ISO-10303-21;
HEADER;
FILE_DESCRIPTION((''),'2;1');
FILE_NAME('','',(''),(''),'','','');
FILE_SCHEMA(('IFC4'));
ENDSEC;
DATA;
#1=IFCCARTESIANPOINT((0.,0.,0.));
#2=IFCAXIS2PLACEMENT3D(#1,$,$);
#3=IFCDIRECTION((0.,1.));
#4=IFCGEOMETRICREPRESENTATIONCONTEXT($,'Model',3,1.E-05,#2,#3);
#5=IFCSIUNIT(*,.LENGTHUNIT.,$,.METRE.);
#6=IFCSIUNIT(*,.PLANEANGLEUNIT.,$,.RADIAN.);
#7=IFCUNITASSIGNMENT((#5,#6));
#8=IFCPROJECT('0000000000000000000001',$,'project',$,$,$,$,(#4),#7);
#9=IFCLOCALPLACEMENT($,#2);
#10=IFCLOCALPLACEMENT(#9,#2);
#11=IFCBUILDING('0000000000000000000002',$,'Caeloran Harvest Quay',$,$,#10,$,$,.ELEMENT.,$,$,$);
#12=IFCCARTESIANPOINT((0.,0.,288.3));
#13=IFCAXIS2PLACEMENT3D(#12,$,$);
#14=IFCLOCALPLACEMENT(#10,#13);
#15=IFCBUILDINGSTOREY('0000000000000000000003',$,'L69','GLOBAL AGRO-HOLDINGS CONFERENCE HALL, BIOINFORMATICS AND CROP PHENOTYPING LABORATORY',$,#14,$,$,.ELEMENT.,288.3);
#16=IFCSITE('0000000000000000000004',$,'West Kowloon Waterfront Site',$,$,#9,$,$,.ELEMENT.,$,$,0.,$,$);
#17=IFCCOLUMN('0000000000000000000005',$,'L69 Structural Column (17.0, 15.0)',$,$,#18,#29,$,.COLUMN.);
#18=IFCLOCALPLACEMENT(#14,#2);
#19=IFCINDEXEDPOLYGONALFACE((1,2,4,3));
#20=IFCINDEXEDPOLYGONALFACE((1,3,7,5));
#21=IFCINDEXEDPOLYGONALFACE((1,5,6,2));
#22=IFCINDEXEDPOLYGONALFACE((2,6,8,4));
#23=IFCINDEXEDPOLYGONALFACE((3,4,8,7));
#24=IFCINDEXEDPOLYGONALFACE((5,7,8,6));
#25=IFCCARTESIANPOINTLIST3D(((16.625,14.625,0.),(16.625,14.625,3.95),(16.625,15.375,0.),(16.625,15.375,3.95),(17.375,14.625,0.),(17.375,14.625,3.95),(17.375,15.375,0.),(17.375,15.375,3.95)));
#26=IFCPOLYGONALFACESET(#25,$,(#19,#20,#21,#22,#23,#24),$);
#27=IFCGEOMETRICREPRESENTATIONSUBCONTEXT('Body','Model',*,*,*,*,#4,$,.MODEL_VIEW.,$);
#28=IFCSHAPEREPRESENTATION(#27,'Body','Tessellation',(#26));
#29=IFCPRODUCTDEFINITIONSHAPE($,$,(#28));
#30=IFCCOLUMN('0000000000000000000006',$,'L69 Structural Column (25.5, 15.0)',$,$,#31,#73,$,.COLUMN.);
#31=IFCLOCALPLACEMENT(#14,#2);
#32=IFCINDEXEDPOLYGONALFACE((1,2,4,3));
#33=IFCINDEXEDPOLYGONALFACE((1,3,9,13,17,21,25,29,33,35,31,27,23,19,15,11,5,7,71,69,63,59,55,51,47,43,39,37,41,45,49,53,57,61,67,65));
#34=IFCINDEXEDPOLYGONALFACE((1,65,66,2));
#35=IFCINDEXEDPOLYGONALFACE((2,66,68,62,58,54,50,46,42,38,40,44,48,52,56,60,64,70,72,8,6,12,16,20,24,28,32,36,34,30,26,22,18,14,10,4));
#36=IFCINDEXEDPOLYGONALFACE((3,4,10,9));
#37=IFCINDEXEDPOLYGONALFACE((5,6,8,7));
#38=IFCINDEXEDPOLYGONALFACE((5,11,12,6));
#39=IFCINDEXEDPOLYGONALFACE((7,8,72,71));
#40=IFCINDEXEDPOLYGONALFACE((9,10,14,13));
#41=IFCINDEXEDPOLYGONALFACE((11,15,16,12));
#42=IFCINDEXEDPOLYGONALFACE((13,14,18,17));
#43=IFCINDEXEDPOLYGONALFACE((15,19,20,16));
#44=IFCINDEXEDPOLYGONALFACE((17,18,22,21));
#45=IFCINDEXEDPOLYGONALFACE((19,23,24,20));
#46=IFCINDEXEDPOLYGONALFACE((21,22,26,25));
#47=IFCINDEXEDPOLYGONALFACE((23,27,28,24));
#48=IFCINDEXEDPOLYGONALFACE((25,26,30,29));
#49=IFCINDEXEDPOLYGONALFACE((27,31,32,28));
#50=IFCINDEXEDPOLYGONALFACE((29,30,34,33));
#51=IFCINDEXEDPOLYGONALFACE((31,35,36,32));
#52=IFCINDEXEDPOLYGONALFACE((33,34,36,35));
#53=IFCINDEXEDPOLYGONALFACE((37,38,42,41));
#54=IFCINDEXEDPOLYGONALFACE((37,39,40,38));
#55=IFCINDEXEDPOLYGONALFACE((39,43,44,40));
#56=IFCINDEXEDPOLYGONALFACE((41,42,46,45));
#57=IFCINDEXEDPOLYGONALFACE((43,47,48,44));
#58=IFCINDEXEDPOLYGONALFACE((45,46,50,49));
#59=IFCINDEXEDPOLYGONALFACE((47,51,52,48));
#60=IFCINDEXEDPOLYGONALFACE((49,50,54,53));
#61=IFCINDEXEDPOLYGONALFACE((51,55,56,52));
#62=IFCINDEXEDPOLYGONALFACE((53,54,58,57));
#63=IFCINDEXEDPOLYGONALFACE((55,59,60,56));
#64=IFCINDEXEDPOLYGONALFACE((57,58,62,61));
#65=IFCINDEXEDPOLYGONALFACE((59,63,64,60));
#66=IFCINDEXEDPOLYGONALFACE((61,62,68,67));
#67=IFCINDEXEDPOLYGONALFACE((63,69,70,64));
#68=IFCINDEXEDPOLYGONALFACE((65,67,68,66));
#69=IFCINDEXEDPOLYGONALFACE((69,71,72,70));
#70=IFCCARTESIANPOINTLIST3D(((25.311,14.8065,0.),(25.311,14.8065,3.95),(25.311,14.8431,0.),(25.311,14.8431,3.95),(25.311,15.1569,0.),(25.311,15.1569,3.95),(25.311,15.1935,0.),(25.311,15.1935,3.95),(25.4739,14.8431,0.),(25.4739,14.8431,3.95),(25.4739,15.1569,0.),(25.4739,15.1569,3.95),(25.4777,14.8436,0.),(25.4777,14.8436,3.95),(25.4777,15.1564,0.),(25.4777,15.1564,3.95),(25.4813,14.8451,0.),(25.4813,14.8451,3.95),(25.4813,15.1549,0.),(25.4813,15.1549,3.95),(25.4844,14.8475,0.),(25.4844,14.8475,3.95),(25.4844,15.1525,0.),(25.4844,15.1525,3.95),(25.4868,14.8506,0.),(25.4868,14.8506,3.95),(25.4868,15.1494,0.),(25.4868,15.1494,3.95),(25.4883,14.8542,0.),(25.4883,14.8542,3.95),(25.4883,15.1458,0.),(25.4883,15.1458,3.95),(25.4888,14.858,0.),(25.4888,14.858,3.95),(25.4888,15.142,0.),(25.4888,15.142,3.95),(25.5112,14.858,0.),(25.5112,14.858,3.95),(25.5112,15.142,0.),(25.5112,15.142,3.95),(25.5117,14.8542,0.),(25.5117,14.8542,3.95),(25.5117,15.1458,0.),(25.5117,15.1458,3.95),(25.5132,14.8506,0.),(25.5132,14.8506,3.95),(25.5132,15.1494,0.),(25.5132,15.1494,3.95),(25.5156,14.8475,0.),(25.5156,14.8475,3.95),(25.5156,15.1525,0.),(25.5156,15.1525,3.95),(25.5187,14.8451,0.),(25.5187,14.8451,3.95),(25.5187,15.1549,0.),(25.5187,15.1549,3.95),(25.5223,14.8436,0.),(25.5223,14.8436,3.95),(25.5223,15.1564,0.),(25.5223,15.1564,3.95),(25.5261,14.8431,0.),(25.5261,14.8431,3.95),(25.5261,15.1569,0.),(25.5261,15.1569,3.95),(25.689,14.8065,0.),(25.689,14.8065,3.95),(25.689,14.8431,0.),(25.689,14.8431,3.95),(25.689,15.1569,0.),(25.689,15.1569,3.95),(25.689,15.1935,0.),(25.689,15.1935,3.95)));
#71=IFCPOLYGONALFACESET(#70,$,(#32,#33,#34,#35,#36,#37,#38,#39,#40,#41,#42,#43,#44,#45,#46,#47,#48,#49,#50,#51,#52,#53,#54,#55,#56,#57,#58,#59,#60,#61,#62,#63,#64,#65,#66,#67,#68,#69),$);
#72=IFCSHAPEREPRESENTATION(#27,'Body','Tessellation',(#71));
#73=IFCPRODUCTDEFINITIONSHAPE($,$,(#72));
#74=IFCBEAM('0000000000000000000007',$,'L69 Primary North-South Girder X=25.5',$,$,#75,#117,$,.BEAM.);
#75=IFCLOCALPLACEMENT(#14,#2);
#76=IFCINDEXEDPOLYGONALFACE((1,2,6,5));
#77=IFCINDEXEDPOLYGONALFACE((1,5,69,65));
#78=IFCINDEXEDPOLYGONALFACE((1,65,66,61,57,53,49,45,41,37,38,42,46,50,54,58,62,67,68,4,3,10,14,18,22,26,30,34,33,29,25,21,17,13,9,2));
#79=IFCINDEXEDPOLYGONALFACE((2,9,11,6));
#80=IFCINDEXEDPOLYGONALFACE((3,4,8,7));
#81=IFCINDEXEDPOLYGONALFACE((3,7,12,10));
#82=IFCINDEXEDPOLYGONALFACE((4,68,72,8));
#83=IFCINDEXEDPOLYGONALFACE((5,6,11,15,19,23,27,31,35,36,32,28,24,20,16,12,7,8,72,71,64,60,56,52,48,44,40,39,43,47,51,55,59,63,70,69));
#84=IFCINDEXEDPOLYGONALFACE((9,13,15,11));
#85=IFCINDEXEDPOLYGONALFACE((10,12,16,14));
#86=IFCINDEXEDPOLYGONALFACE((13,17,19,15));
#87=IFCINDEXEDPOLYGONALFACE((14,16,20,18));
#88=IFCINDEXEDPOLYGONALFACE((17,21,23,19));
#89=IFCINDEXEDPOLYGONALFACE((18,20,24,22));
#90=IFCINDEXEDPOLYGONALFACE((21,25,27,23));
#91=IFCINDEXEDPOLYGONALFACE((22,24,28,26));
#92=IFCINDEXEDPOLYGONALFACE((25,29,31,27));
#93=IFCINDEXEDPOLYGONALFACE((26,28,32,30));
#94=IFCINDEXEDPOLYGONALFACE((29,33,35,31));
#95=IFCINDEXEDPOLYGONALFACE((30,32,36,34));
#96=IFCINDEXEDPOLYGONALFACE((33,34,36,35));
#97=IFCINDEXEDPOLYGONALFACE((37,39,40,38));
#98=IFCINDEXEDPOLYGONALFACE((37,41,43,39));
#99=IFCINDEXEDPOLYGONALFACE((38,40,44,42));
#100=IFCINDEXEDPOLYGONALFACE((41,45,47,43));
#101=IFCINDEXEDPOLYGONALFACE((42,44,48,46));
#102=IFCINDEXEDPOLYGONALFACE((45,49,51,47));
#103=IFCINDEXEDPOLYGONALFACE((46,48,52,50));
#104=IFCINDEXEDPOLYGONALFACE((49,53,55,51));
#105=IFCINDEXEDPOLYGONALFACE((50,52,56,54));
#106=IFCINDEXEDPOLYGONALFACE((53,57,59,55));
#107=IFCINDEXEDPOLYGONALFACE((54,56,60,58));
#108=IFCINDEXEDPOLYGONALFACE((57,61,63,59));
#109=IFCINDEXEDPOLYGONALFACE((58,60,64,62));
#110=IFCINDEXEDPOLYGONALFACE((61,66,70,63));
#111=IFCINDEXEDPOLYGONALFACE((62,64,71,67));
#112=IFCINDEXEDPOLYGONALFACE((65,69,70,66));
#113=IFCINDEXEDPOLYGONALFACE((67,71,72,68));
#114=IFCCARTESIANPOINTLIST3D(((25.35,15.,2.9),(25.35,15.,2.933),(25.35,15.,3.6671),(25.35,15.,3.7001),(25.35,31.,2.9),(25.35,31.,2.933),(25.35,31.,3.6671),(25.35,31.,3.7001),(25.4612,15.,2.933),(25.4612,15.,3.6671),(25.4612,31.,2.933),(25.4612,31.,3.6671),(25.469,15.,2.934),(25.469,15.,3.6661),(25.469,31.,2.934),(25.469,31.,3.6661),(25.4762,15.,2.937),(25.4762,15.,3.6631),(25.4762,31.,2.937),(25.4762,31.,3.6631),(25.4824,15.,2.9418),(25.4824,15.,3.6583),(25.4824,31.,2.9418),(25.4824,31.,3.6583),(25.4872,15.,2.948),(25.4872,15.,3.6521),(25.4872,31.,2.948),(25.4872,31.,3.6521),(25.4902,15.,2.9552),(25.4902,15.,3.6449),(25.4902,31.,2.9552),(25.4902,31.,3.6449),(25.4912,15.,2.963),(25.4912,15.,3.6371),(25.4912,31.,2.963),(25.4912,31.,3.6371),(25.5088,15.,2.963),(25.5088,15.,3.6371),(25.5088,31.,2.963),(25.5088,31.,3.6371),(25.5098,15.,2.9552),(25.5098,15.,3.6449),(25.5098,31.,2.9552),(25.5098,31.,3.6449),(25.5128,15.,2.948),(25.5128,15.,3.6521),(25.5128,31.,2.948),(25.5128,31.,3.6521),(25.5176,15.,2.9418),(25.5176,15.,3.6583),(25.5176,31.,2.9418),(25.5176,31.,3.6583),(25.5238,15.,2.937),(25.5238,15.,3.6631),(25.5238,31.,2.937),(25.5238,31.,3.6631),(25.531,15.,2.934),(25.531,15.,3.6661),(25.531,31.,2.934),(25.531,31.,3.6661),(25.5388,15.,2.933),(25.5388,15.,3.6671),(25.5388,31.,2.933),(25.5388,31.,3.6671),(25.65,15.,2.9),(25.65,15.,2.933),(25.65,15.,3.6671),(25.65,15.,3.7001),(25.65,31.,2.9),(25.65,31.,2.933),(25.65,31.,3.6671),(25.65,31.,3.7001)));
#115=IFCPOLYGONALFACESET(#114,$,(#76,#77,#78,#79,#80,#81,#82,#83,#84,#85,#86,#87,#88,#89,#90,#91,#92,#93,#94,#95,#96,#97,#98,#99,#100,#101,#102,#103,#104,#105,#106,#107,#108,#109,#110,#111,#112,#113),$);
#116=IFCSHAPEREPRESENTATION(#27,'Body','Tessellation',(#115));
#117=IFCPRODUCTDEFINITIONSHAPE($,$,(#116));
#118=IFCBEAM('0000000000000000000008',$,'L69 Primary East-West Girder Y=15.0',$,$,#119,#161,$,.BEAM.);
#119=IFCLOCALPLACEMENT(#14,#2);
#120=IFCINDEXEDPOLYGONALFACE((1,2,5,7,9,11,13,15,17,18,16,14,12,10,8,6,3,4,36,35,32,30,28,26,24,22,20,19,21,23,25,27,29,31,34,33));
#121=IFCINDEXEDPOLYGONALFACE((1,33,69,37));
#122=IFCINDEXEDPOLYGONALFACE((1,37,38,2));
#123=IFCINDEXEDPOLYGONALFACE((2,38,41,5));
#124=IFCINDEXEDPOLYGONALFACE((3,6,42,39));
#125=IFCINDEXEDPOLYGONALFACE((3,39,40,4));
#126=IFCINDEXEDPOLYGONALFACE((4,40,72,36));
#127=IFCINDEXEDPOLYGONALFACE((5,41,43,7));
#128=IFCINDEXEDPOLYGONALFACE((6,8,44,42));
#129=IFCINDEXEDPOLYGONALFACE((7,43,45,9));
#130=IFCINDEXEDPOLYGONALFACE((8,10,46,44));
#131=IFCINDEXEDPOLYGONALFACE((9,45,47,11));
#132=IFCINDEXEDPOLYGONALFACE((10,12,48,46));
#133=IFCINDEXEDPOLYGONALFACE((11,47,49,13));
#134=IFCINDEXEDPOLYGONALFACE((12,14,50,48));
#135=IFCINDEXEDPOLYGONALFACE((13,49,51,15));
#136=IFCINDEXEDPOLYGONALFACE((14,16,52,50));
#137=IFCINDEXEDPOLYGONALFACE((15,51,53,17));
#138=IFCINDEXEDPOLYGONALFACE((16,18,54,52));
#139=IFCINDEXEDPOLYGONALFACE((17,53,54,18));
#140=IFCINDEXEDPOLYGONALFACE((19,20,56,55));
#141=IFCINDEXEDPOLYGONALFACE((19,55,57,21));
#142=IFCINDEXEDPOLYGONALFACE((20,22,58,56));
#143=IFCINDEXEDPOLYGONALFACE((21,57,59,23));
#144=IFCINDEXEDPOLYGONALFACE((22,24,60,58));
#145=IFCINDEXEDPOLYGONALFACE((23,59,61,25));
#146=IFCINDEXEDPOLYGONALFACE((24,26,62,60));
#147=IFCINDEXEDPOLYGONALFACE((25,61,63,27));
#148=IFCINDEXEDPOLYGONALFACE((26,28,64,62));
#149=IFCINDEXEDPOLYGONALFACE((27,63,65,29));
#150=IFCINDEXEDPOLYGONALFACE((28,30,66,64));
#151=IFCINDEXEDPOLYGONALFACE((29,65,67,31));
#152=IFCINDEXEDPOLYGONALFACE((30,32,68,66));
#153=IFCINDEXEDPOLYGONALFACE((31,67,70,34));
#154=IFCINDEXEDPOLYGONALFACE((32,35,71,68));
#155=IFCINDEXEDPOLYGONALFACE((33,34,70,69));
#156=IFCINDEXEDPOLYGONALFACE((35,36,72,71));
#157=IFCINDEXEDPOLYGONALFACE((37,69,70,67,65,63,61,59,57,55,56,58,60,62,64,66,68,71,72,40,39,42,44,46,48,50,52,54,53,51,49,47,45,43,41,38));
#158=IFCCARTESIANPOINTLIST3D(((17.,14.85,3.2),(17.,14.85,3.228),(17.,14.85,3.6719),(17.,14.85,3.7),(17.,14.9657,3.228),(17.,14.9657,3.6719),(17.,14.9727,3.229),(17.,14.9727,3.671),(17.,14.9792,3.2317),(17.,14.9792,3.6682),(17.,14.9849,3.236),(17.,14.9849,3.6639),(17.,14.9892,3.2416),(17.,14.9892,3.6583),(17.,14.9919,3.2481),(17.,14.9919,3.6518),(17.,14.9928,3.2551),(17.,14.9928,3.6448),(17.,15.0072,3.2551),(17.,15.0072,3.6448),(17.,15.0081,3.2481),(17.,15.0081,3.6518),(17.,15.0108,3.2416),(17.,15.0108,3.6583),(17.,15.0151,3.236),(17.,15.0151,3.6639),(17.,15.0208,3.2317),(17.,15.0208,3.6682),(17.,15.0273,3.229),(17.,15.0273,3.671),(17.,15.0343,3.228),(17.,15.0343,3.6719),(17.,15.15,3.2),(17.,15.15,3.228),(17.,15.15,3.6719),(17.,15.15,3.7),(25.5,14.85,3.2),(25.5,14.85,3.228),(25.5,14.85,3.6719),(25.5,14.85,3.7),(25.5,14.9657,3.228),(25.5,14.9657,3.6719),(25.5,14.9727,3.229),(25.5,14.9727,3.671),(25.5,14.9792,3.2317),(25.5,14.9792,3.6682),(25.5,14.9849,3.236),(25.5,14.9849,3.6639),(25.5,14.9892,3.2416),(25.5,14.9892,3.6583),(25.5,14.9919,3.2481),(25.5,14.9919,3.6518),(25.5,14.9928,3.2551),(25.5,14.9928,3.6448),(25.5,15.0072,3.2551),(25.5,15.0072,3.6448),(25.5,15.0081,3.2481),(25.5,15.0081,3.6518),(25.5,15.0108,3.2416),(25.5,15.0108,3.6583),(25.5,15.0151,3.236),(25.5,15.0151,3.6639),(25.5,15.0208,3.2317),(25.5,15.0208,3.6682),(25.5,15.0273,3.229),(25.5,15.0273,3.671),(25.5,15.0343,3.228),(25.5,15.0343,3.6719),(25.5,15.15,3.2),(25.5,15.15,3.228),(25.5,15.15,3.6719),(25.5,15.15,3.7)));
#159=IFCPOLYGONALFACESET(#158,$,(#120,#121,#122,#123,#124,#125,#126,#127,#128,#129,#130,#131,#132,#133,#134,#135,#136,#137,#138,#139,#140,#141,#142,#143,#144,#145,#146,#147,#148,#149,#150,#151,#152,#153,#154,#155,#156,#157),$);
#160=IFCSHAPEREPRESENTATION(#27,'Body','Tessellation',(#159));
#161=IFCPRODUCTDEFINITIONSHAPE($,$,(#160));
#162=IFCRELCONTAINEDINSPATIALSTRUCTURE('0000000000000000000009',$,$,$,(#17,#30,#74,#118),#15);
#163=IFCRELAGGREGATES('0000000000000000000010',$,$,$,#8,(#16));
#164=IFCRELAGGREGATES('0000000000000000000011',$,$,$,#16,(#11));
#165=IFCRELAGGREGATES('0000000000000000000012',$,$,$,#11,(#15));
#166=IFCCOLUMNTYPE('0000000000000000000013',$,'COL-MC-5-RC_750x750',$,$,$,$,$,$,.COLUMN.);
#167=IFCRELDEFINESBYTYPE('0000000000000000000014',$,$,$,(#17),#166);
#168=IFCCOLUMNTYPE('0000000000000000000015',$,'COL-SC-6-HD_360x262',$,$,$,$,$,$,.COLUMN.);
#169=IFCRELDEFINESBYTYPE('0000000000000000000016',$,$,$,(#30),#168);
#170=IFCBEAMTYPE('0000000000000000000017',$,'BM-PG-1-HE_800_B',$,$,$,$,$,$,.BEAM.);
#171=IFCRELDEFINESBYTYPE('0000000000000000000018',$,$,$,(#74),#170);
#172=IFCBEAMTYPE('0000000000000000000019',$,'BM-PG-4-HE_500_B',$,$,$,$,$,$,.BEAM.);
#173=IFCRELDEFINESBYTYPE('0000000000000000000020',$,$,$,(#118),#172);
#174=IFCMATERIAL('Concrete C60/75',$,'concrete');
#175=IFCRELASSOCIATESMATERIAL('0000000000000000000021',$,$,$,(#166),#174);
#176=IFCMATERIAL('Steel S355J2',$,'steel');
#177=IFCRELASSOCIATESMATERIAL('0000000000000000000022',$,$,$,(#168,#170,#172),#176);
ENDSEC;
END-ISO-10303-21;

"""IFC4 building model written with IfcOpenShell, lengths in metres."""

from ifc_helpers import new_model, si_unit, direction, frame, origin, origin_2d, place, context, subcontext, project, spatial, rectangle, i_section, extrude, material, material_profile, profile_set, type_object, element, save


model = new_model("IFC4")

# Units and contexts
model_context = context("Model", 3, precision=1e-05, world=origin(), true_north=direction((0.0, 1.0)))
body_context = subcontext(model_context, "Body", "Model", "MODEL_VIEW")
ifc_project = project(units=[si_unit("LENGTHUNIT", "METRE"), si_unit("PLANEANGLEUNIT", "RADIAN")], contexts=[model_context])

# Site, building, storey
site_placement = place(None, origin())
site = spatial("IfcSite", under=ifc_project, at=site_placement, Name="West Kowloon Waterfront Site", CompositionType="ELEMENT", RefElevation=0.0)
building_placement = place(site_placement, origin())
building = spatial("IfcBuilding", under=site, at=building_placement, Name="Caeloran Harvest Quay", CompositionType="ELEMENT")
storey_placement = place(building_placement, frame((0.0, 0.0, 288.3)))
storey = spatial("IfcBuildingStorey", under=building, at=storey_placement, Name="L69", Description="GLOBAL AGRO-HOLDINGS CONFERENCE HALL, BIOINFORMATICS AND CROP PHENOTYPING LABORATORY", CompositionType="ELEMENT", Elevation=288.3)

# Columns
ifc_material_1 = material(Name="Concrete C60/75", Category="concrete")
ifc_material_profile_1 = material_profile(ifc_material_1, rectangle(XDim=0.75, YDim=0.75, at=origin_2d()), Name="RC 750x750")
ifc_profile_set_1 = profile_set([ifc_material_profile_1], Name="Concrete C60/75")
column_type_1 = type_object("IfcColumnType", Name="COL-MC-5-RC_750x750", PredefinedType="COLUMN", material=ifc_profile_set_1)
column_1_placement = place(storey_placement, frame((17.0, 15.0, 0.0), z_axis=(0.0, 0.0, 1.0), x_axis=(1.0, 0.0, 0.0)))
element("IfcColumn", 1, at=column_1_placement, inside=storey, type_object=column_type_1, Name="L69 Structural Column (17.0, 15.0)", PredefinedType="COLUMN", context=body_context, shape_type="SweptSolid", body=[
    extrude(rectangle(XDim=0.75, YDim=0.75, at=origin_2d()), origin(), (0.0, 0.0, 1.0), 3.95),
])
ifc_material_2 = material(Name="Steel S355J2", Category="steel")
ifc_material_profile_2 = material_profile(ifc_material_2, i_section(OverallWidth=0.3779, OverallDepth=0.387, WebThickness=0.0225, FlangeThickness=0.0366, FilletRadius=0.0149, at=origin_2d()), Name="HD 360x262")
ifc_profile_set_2 = profile_set([ifc_material_profile_2], Name="Steel S355J2")
column_type_2 = type_object("IfcColumnType", Name="COL-SC-6-HD_360x262", PredefinedType="COLUMN", material=ifc_profile_set_2)
column_2_placement = place(storey_placement, frame((25.5, 15.0, 0.0), z_axis=(0.0, 0.0, 1.0), x_axis=(1.0, 0.0, 0.0)))
element("IfcColumn", 2, at=column_2_placement, inside=storey, type_object=column_type_2, Name="L69 Structural Column (25.5, 15.0)", PredefinedType="COLUMN", context=body_context, shape_type="SweptSolid", body=[
    extrude(i_section(OverallWidth=0.3779, OverallDepth=0.387, WebThickness=0.0225, FlangeThickness=0.0366, FilletRadius=0.0149, at=origin_2d()), origin(), (0.0, 0.0, 1.0), 3.95),
])

# Beams
ifc_material_profile_3 = material_profile(ifc_material_2, i_section(OverallWidth=0.3, OverallDepth=0.8, WebThickness=0.0176, FlangeThickness=0.033, FilletRadius=0.03, at=origin_2d()), Name="HE 800 B")
ifc_profile_set_3 = profile_set([ifc_material_profile_3], Name="Steel S355J2")
beam_type_1 = type_object("IfcBeamType", Name="BM-PG-1-HE_800_B", PredefinedType="BEAM", material=ifc_profile_set_3)
beam_1_placement = place(storey_placement, frame((25.5, 15.0, 3.3), z_axis=(0.0, 1.0, 0.0), x_axis=(-1.0, 0.0, 0.0)))
element("IfcBeam", 3, at=beam_1_placement, inside=storey, type_object=beam_type_1, Name="L69 Primary North-South Girder X=25.5", PredefinedType="BEAM", context=body_context, shape_type="SweptSolid", body=[
    extrude(i_section(OverallWidth=0.3, OverallDepth=0.8, WebThickness=0.0176, FlangeThickness=0.033, FilletRadius=0.03, at=origin_2d()), origin(), (0.0, 0.0, 1.0), 16.0),
])
ifc_material_profile_4 = material_profile(ifc_material_2, i_section(OverallWidth=0.3, OverallDepth=0.5, WebThickness=0.0144, FlangeThickness=0.0281, FilletRadius=0.0271, at=origin_2d()), Name="HE 500 B")
ifc_profile_set_4 = profile_set([ifc_material_profile_4], Name="Steel S355J2")
beam_type_2 = type_object("IfcBeamType", Name="BM-PG-4-HE_500_B", PredefinedType="BEAM", material=ifc_profile_set_4)
beam_2_placement = place(storey_placement, frame((17.0, 15.0, 3.45), z_axis=(1.0, 0.0, 0.0), x_axis=(0.0, 1.0, 0.0)))
element("IfcBeam", 4, at=beam_2_placement, inside=storey, type_object=beam_type_2, Name="L69 Primary East-West Girder Y=15.0", PredefinedType="BEAM", context=body_context, shape_type="SweptSolid", body=[
    extrude(i_section(OverallWidth=0.3, OverallDepth=0.5, WebThickness=0.0144, FlangeThickness=0.0281, FilletRadius=0.0271, at=origin_2d()), origin(), (0.0, 0.0, 1.0), 8.5),
])

save(model, "model.ifc")
